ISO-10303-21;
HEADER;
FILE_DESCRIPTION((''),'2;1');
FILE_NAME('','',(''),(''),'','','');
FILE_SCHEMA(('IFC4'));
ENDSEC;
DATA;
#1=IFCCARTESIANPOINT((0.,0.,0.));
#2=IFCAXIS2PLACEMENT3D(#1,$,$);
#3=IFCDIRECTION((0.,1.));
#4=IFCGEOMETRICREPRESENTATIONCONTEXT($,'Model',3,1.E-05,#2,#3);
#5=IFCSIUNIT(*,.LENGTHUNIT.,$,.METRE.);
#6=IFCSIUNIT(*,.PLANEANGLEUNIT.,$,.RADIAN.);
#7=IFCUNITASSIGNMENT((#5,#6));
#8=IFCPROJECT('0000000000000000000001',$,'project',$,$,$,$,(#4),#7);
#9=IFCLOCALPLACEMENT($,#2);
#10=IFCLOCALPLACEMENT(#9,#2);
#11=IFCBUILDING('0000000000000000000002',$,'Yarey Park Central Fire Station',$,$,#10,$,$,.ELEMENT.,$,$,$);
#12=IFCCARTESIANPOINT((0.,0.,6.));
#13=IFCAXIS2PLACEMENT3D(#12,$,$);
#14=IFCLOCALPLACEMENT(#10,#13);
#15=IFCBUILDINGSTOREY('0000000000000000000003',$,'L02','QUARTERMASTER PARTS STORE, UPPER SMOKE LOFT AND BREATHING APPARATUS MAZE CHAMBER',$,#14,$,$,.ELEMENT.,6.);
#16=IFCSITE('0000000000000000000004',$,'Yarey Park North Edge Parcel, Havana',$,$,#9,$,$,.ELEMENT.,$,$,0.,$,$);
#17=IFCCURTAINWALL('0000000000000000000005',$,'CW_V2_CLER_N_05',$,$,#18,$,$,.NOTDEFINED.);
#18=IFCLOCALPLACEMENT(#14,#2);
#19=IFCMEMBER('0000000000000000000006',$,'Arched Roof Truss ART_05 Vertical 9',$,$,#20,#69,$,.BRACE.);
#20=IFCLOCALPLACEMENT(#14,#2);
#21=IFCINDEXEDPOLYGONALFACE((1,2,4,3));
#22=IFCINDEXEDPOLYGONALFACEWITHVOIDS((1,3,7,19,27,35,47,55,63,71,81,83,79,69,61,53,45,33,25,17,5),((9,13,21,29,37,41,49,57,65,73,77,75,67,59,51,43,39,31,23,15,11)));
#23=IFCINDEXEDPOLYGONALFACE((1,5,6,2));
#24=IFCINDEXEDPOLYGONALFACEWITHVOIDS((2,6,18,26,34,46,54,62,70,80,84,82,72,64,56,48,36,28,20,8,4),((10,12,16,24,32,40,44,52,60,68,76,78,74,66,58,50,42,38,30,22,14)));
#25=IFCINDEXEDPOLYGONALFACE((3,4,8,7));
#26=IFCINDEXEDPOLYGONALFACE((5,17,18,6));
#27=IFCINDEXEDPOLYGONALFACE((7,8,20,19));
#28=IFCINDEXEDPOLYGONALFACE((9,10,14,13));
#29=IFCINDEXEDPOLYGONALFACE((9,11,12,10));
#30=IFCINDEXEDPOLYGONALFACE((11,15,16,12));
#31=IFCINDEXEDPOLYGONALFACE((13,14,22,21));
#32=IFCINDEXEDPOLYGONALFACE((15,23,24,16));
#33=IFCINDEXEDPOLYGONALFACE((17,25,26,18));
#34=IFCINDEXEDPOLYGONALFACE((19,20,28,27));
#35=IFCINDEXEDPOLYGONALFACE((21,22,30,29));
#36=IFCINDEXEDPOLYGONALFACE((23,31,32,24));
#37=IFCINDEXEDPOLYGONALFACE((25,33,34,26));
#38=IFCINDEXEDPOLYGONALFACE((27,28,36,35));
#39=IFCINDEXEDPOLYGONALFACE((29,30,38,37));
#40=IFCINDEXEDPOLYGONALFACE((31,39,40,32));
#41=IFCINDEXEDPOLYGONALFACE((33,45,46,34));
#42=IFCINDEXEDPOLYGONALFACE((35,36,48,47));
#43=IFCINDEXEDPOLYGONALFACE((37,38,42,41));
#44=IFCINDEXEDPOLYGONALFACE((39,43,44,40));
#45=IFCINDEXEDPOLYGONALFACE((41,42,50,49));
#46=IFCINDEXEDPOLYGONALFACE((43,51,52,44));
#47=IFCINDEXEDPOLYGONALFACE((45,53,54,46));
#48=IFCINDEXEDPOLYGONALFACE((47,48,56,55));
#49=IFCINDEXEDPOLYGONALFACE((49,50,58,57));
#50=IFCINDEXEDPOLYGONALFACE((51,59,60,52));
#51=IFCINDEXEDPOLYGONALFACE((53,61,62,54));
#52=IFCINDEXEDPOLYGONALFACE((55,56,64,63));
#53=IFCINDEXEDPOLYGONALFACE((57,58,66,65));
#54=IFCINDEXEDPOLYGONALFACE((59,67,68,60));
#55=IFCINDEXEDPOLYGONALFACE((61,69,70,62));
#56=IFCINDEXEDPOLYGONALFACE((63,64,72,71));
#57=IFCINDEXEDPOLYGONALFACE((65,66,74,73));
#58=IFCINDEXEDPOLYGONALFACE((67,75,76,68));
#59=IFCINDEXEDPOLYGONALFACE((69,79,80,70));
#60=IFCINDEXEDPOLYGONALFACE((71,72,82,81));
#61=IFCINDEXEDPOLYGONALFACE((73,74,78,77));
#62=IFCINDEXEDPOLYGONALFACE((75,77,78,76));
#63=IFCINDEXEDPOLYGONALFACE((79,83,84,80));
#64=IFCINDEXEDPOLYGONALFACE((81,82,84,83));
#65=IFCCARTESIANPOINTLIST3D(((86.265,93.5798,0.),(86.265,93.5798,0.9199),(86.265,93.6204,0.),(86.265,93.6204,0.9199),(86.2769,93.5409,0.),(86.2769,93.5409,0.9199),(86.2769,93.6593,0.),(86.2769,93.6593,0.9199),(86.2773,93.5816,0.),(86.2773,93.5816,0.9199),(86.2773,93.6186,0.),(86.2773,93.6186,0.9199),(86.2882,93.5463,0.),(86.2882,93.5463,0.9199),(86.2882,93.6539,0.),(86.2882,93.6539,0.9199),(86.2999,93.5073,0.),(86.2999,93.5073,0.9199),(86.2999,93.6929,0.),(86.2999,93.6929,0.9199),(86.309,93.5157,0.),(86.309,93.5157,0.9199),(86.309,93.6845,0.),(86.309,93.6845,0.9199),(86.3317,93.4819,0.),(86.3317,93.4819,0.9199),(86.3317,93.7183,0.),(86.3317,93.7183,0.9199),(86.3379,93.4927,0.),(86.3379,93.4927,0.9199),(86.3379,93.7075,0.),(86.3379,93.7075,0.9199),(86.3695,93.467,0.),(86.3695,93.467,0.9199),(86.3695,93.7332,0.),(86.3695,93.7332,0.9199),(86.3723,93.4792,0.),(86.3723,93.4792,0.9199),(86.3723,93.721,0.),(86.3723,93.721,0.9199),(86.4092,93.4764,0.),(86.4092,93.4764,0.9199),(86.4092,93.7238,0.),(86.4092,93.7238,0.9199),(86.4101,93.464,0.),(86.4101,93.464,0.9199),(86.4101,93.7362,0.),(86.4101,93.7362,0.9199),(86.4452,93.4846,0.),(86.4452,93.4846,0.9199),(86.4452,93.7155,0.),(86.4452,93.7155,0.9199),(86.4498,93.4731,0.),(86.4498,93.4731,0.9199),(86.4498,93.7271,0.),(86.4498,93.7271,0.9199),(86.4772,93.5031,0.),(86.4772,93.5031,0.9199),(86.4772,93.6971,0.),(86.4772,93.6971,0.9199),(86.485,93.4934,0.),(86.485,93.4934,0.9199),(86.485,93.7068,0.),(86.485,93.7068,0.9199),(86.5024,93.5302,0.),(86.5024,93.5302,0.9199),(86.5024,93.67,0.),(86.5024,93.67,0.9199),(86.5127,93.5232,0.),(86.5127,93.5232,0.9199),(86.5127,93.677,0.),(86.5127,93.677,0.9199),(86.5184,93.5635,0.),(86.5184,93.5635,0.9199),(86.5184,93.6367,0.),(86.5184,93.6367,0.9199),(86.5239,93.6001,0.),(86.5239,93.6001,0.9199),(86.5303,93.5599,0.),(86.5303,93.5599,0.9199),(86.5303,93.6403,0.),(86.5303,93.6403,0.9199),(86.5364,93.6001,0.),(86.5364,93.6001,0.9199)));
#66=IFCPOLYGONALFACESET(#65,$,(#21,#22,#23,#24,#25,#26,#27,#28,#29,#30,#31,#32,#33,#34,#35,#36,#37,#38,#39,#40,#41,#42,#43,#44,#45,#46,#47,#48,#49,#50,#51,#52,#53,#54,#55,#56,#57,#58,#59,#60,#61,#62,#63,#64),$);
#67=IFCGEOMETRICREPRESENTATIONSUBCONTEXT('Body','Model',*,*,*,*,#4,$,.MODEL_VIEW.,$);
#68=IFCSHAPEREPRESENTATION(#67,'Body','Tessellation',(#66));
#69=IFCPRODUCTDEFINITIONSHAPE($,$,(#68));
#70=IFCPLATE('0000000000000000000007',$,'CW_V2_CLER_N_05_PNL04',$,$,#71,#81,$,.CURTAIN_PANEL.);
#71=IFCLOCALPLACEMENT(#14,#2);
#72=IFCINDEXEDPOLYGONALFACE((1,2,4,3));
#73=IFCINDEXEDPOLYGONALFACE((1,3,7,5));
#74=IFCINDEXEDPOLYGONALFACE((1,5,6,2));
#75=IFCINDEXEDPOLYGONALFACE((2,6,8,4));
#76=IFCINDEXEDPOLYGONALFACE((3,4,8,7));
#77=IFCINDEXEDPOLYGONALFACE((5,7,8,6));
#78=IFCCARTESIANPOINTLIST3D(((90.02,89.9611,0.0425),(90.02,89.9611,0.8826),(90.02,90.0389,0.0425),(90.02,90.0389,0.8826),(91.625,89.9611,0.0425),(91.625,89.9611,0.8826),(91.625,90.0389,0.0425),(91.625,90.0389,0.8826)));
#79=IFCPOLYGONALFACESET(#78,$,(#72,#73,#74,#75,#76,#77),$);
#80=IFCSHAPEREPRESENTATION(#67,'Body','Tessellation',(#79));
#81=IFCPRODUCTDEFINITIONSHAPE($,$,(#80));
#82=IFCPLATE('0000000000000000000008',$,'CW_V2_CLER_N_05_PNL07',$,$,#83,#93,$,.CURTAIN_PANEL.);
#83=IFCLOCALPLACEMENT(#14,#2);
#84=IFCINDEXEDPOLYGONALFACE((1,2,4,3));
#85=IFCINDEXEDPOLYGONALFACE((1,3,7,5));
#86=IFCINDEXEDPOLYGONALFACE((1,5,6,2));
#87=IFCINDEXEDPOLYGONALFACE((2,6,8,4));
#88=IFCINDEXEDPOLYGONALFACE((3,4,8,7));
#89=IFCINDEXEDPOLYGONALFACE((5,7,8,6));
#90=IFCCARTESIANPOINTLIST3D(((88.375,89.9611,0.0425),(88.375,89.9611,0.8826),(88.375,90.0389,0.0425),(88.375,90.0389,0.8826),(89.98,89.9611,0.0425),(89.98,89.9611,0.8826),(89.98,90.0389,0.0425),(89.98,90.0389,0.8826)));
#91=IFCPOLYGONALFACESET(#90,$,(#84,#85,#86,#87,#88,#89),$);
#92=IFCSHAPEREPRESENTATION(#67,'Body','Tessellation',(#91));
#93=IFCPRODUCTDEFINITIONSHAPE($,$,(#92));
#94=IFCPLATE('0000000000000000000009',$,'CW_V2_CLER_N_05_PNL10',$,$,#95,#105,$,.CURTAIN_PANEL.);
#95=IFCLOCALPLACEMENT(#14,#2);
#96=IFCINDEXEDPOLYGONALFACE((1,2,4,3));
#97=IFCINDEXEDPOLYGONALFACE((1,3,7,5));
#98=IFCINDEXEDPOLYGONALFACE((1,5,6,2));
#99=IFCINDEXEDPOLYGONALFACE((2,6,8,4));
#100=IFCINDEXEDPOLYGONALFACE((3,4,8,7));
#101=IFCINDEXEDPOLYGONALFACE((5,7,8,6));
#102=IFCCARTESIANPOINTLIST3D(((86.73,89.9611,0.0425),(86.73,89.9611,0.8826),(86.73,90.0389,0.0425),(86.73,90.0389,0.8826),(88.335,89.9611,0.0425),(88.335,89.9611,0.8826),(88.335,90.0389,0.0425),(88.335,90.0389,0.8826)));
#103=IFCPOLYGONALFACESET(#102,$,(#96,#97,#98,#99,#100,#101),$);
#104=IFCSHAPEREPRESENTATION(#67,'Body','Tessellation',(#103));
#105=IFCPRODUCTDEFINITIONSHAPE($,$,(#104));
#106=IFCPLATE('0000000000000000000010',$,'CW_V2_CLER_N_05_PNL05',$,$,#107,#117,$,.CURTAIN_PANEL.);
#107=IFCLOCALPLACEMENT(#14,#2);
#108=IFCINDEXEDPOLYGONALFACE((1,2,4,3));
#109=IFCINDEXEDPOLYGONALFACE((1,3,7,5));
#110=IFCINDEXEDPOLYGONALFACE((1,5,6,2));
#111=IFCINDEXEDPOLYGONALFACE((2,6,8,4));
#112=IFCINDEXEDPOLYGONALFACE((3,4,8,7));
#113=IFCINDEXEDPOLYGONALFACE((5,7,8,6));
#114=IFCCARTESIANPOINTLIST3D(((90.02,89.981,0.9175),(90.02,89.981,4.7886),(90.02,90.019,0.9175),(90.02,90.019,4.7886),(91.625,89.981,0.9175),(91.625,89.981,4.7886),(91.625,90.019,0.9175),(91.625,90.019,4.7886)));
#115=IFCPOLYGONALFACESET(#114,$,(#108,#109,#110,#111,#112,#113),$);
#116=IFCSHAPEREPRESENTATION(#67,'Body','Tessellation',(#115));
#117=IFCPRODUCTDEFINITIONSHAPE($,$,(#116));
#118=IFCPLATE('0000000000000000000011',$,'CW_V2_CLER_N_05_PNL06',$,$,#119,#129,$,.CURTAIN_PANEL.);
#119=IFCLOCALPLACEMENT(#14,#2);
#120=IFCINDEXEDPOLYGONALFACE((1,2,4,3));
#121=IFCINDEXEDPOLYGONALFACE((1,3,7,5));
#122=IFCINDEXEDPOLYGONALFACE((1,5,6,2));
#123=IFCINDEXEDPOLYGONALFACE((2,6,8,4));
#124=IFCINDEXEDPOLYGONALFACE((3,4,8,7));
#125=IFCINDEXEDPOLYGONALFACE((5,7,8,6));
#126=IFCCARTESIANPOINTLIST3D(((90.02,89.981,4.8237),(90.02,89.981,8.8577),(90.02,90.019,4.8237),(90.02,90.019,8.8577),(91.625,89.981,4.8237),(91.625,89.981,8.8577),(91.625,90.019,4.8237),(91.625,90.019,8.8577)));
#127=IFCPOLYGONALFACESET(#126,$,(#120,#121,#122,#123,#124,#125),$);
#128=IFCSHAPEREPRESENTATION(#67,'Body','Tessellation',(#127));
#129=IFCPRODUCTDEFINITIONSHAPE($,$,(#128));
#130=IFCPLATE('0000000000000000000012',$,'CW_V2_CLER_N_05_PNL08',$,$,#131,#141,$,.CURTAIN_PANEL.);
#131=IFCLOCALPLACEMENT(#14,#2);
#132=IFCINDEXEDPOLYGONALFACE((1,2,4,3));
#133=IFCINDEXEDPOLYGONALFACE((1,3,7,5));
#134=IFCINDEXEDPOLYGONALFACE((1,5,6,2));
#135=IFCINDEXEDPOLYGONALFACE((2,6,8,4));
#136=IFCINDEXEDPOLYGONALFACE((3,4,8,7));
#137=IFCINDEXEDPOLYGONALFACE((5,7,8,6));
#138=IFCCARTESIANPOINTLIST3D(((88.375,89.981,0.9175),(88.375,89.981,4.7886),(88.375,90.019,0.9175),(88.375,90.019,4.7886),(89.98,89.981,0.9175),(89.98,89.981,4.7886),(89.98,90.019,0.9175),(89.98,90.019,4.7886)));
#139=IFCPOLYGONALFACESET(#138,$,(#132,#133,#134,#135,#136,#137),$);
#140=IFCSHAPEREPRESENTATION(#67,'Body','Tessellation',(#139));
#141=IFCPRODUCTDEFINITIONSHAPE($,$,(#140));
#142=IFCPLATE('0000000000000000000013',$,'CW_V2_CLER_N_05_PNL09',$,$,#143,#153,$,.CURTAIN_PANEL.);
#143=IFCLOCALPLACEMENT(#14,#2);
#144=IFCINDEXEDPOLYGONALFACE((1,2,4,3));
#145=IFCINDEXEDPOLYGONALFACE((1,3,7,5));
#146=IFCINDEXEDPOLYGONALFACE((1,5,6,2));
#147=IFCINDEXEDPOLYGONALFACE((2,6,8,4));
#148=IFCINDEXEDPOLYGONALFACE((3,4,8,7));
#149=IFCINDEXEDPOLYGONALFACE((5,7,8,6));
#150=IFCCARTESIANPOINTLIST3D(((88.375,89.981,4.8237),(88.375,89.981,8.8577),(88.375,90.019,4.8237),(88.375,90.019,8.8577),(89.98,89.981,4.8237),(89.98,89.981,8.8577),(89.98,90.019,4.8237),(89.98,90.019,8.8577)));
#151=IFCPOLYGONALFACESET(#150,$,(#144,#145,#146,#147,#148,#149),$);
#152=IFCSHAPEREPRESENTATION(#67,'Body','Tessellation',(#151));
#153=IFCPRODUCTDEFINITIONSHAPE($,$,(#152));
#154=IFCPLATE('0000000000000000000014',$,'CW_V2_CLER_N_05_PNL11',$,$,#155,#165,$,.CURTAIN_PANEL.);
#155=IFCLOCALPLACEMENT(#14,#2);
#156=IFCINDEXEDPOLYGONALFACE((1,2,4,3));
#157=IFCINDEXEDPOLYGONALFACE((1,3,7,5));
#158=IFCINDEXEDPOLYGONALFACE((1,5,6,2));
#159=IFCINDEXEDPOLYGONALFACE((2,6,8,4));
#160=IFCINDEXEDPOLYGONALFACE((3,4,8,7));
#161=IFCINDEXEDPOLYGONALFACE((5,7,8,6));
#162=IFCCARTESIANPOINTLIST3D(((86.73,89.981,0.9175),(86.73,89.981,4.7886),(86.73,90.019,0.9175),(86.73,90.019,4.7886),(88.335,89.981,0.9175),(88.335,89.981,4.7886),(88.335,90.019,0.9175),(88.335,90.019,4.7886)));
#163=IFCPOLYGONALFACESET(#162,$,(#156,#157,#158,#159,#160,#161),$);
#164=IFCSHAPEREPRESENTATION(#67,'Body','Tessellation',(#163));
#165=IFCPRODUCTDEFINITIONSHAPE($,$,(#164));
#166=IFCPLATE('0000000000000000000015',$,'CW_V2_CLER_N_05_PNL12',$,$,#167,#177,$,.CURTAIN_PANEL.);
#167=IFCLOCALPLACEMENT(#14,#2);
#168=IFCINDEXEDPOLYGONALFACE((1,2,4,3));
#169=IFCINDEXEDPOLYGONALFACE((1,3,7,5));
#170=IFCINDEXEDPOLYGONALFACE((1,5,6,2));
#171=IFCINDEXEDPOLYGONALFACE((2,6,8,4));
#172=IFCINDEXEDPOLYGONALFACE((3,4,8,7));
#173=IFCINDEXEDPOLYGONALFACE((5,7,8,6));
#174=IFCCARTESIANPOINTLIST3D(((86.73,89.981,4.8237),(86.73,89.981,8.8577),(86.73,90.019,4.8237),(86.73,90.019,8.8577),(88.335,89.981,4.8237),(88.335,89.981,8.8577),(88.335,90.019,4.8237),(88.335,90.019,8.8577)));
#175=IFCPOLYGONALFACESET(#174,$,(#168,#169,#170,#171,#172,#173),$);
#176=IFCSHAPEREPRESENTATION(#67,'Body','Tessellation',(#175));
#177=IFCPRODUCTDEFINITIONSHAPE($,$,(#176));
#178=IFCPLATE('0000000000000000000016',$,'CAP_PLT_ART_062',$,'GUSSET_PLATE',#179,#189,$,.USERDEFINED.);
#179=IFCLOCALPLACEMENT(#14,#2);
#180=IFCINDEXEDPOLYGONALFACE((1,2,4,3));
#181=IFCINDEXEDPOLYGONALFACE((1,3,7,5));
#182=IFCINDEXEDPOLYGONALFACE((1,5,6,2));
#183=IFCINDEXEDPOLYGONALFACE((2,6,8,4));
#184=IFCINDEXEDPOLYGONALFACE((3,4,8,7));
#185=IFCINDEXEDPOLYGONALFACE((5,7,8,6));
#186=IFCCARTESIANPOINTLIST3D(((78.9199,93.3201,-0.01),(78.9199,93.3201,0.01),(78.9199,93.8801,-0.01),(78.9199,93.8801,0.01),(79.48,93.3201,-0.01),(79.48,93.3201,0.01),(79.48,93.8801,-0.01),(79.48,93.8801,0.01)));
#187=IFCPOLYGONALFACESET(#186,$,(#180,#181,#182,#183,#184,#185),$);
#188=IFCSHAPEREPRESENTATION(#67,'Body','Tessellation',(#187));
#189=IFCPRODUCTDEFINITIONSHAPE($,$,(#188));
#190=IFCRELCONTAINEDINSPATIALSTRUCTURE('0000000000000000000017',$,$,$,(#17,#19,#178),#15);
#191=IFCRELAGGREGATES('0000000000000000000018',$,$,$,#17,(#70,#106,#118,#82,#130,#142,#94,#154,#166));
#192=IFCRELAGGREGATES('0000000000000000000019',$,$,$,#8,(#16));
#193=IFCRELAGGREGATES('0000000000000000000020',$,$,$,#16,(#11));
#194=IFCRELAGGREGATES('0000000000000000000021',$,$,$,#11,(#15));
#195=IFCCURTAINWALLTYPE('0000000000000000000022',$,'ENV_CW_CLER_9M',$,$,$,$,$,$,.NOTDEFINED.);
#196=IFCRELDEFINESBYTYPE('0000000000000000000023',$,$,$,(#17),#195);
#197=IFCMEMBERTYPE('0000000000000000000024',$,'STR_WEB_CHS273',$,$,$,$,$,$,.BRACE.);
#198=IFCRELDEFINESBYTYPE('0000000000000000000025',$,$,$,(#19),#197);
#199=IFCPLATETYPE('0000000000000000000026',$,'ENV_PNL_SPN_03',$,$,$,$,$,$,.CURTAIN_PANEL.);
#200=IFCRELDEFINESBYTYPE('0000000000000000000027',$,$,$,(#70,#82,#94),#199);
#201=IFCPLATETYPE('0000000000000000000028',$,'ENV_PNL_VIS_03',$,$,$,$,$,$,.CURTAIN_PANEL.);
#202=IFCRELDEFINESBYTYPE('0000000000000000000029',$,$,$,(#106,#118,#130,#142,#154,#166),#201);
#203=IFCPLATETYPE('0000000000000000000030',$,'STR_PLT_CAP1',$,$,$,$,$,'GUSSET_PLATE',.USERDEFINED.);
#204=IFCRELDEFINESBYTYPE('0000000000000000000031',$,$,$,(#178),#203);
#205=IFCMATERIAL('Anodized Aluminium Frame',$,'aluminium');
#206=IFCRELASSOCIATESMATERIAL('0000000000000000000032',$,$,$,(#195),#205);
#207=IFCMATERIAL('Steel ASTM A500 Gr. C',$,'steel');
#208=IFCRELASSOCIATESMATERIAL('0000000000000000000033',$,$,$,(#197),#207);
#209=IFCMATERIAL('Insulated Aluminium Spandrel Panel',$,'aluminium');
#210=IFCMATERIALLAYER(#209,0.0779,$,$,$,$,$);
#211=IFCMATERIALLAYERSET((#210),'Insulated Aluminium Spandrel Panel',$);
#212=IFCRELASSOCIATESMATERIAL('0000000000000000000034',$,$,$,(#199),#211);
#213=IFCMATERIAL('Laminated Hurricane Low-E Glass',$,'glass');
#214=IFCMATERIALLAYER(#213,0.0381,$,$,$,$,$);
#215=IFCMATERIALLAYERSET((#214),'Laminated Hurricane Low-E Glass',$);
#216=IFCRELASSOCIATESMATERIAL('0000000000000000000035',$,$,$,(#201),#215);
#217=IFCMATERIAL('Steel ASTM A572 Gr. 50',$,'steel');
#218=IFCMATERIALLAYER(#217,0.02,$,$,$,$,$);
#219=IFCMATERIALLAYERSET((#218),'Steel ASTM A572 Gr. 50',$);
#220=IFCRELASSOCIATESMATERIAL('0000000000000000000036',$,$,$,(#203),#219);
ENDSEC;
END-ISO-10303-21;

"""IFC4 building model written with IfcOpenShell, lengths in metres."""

from ifc_helpers import new_model, si_unit, direction, frame, origin, origin_2d, place, context, subcontext, project, spatial, rectangle, hollow_circle, extrude, material, layer, layer_set, material_profile, profile_set, type_object, element, aggregate, save


model = new_model("IFC4")

# Units and contexts
model_context = context("Model", 3, precision=1e-05, world=origin(), true_north=direction((0.0, 1.0)))
body_context = subcontext(model_context, "Body", "Model", "MODEL_VIEW")
ifc_project = project(units=[si_unit("LENGTHUNIT", "METRE"), si_unit("PLANEANGLEUNIT", "RADIAN")], contexts=[model_context])

# Site, building, storey
site_placement = place(None, origin())
site = spatial("IfcSite", under=ifc_project, at=site_placement, Name="Yarey Park North Edge Parcel, Havana", CompositionType="ELEMENT", RefElevation=0.0)
building_placement = place(site_placement, origin())
building = spatial("IfcBuilding", under=site, at=building_placement, Name="Yarey Park Central Fire Station", CompositionType="ELEMENT")
storey_placement = place(building_placement, frame((0.0, 0.0, 6.0)))
storey = spatial("IfcBuildingStorey", under=building, at=storey_placement, Name="L02", Description="QUARTERMASTER PARTS STORE, UPPER SMOKE LOFT AND BREATHING APPARATUS MAZE CHAMBER", CompositionType="ELEMENT", Elevation=6.0)

# Curtain wall
ifc_material_1 = material(Name="Anodized Aluminium Frame", Category="aluminium")
curtain_wall_type = type_object("IfcCurtainWallType", Name="ENV_CW_CLER_9M", PredefinedType="NOTDEFINED", material=ifc_material_1)
curtain_wall_1_placement = place(storey_placement, origin())
curtain_wall_1 = element("IfcCurtainWall", 1, at=curtain_wall_1_placement, inside=storey, type_object=curtain_wall_type, Name="CW_V2_CLER_N_05", PredefinedType="NOTDEFINED")

# Member
ifc_material_2 = material(Name="Steel ASTM A500 Gr. C", Category="steel")
ifc_material_profile_1 = material_profile(ifc_material_2, hollow_circle(Radius=0.1365, WallThickness=0.0125, at=origin_2d()), Name="CHS 273x12.5")
ifc_profile_set_1 = profile_set([ifc_material_profile_1], Name="Steel ASTM A500 Gr. C")
member_type_1 = type_object("IfcMemberType", Name="STR_WEB_CHS273", PredefinedType="BRACE", material=ifc_profile_set_1)
for number, where, z_axis, x_axis, name in (
    (2, (86.3999, 93.6001, 0.0), (0.0, 0.0, 1.0), (1.0, 0.0, 0.0), "Arched Roof Truss ART_05 Vertical 9"),
):
    element("IfcMember", number, at=place(storey_placement, frame(where, z_axis=z_axis, x_axis=x_axis)), inside=storey, type_object=member_type_1, Name=name, PredefinedType="BRACE", context=body_context, shape_type="SweptSolid", body=[
        extrude(hollow_circle(Radius=0.1365, WallThickness=0.0125, at=origin_2d()), origin(), (0.0, 0.0, 1.0), 0.9199),
    ])

# Plates
ifc_material_3 = material(Name="Insulated Aluminium Spandrel Panel", Category="aluminium")
ifc_layer_1 = layer(ifc_material_3, 0.0779)
ifc_layer_set_1 = layer_set([ifc_layer_1], Name="Insulated Aluminium Spandrel Panel")
plate_type_1 = type_object("IfcPlateType", Name="ENV_PNL_SPN_03", PredefinedType="CURTAIN_PANEL", material=ifc_layer_set_1)
plate_1_placement = place(storey_placement, frame((90.8225, 90.0, 0.0425), z_axis=(0.0, 0.0, 1.0), x_axis=(-1.0, 0.0, 0.0)))
plate_1 = element("IfcPlate", 3, at=plate_1_placement, type_object=plate_type_1, Name="CW_V2_CLER_N_05_PNL04", PredefinedType="CURTAIN_PANEL", context=body_context, shape_type="SweptSolid", body=[
    extrude(rectangle(XDim=1.605, YDim=0.0779, at=origin_2d()), origin(), (0.0, 0.0, 1.0), 0.8401),
])
plate_2_placement = place(storey_placement, frame((89.1775, 90.0, 0.0425), z_axis=(0.0, 0.0, 1.0), x_axis=(-1.0, 0.0, 0.0)))
plate_2 = element("IfcPlate", 4, at=plate_2_placement, type_object=plate_type_1, Name="CW_V2_CLER_N_05_PNL07", PredefinedType="CURTAIN_PANEL", context=body_context, shape_type="SweptSolid", body=[
    extrude(rectangle(XDim=1.605, YDim=0.0779, at=origin_2d()), origin(), (0.0, 0.0, 1.0), 0.8401),
])
plate_3_placement = place(storey_placement, frame((87.5325, 90.0, 0.0425), z_axis=(0.0, 0.0, 1.0), x_axis=(-1.0, 0.0, 0.0)))
plate_3 = element("IfcPlate", 5, at=plate_3_placement, type_object=plate_type_1, Name="CW_V2_CLER_N_05_PNL10", PredefinedType="CURTAIN_PANEL", context=body_context, shape_type="SweptSolid", body=[
    extrude(rectangle(XDim=1.605, YDim=0.0779, at=origin_2d()), origin(), (0.0, 0.0, 1.0), 0.8401),
])
ifc_material_4 = material(Name="Laminated Hurricane Low-E Glass", Category="glass")
ifc_layer_2 = layer(ifc_material_4, 0.0381)
ifc_layer_set_2 = layer_set([ifc_layer_2], Name="Laminated Hurricane Low-E Glass")
plate_type_2 = type_object("IfcPlateType", Name="ENV_PNL_VIS_03", PredefinedType="CURTAIN_PANEL", material=ifc_layer_set_2)
plate_4_placement = place(storey_placement, frame((90.8225, 90.0, 0.9175), z_axis=(0.0, 0.0, 1.0), x_axis=(-1.0, 0.0, 0.0)))
plate_4 = element("IfcPlate", 6, at=plate_4_placement, type_object=plate_type_2, Name="CW_V2_CLER_N_05_PNL05", PredefinedType="CURTAIN_PANEL", context=body_context, shape_type="SweptSolid", body=[
    extrude(rectangle(XDim=1.605, YDim=0.0381, at=origin_2d()), origin(), (0.0, 0.0, 1.0), 3.8711),
])
plate_5_placement = place(storey_placement, frame((90.8225, 90.0, 4.8237), z_axis=(0.0, 0.0, 1.0), x_axis=(-1.0, 0.0, 0.0)))
plate_5 = element("IfcPlate", 7, at=plate_5_placement, type_object=plate_type_2, Name="CW_V2_CLER_N_05_PNL06", PredefinedType="CURTAIN_PANEL", context=body_context, shape_type="SweptSolid", body=[
    extrude(rectangle(XDim=1.605, YDim=0.0381, at=origin_2d()), origin(), (0.0, 0.0, 1.0), 4.0339),
])
plate_6_placement = place(storey_placement, frame((89.1775, 90.0, 0.9175), z_axis=(0.0, 0.0, 1.0), x_axis=(-1.0, 0.0, 0.0)))
plate_6 = element("IfcPlate", 8, at=plate_6_placement, type_object=plate_type_2, Name="CW_V2_CLER_N_05_PNL08", PredefinedType="CURTAIN_PANEL", context=body_context, shape_type="SweptSolid", body=[
    extrude(rectangle(XDim=1.605, YDim=0.0381, at=origin_2d()), origin(), (0.0, 0.0, 1.0), 3.8711),
])
plate_7_placement = place(storey_placement, frame((89.1775, 90.0, 4.8237), z_axis=(0.0, 0.0, 1.0), x_axis=(-1.0, 0.0, 0.0)))
plate_7 = element("IfcPlate", 9, at=plate_7_placement, type_object=plate_type_2, Name="CW_V2_CLER_N_05_PNL09", PredefinedType="CURTAIN_PANEL", context=body_context, shape_type="SweptSolid", body=[
    extrude(rectangle(XDim=1.605, YDim=0.0381, at=origin_2d()), origin(), (0.0, 0.0, 1.0), 4.0339),
])
plate_8_placement = place(storey_placement, frame((87.5325, 90.0, 0.9175), z_axis=(0.0, 0.0, 1.0), x_axis=(-1.0, 0.0, 0.0)))
plate_8 = element("IfcPlate", 10, at=plate_8_placement, type_object=plate_type_2, Name="CW_V2_CLER_N_05_PNL11", PredefinedType="CURTAIN_PANEL", context=body_context, shape_type="SweptSolid", body=[
    extrude(rectangle(XDim=1.605, YDim=0.0381, at=origin_2d()), origin(), (0.0, 0.0, 1.0), 3.8711),
])
plate_9_placement = place(storey_placement, frame((87.5325, 90.0, 4.8237), z_axis=(0.0, 0.0, 1.0), x_axis=(-1.0, 0.0, 0.0)))
plate_9 = element("IfcPlate", 11, at=plate_9_placement, type_object=plate_type_2, Name="CW_V2_CLER_N_05_PNL12", PredefinedType="CURTAIN_PANEL", context=body_context, shape_type="SweptSolid", body=[
    extrude(rectangle(XDim=1.605, YDim=0.0381, at=origin_2d()), origin(), (0.0, 0.0, 1.0), 4.0339),
])
aggregate(curtain_wall_1, [plate_1, plate_4, plate_5, plate_2, plate_6, plate_7, plate_3, plate_8, plate_9])

# Plate
ifc_material_5 = material(Name="Steel ASTM A572 Gr. 50", Category="steel")
ifc_layer_3 = layer(ifc_material_5, 0.02)
ifc_layer_set_3 = layer_set([ifc_layer_3], Name="Steel ASTM A572 Gr. 50")
plate_type_3 = type_object("IfcPlateType", Name="STR_PLT_CAP1", ElementType="GUSSET_PLATE", PredefinedType="USERDEFINED", material=ifc_layer_set_3)
for number, where, z_axis, x_axis, name in (
    (12, (79.2, 93.6001, -0.01), (0.0, 0.0, 1.0), (1.0, 0.0, 0.0), "CAP_PLT_ART_062"),
):
    element("IfcPlate", number, at=place(storey_placement, frame(where, z_axis=z_axis, x_axis=x_axis)), inside=storey, type_object=plate_type_3, Name=name, ObjectType="GUSSET_PLATE", PredefinedType="USERDEFINED", context=body_context, shape_type="SweptSolid", body=[
        extrude(rectangle(XDim=0.5601, YDim=0.5601, at=origin_2d()), origin(), (0.0, 0.0, 1.0), 0.02),
    ])

save(model, "model.ifc")
